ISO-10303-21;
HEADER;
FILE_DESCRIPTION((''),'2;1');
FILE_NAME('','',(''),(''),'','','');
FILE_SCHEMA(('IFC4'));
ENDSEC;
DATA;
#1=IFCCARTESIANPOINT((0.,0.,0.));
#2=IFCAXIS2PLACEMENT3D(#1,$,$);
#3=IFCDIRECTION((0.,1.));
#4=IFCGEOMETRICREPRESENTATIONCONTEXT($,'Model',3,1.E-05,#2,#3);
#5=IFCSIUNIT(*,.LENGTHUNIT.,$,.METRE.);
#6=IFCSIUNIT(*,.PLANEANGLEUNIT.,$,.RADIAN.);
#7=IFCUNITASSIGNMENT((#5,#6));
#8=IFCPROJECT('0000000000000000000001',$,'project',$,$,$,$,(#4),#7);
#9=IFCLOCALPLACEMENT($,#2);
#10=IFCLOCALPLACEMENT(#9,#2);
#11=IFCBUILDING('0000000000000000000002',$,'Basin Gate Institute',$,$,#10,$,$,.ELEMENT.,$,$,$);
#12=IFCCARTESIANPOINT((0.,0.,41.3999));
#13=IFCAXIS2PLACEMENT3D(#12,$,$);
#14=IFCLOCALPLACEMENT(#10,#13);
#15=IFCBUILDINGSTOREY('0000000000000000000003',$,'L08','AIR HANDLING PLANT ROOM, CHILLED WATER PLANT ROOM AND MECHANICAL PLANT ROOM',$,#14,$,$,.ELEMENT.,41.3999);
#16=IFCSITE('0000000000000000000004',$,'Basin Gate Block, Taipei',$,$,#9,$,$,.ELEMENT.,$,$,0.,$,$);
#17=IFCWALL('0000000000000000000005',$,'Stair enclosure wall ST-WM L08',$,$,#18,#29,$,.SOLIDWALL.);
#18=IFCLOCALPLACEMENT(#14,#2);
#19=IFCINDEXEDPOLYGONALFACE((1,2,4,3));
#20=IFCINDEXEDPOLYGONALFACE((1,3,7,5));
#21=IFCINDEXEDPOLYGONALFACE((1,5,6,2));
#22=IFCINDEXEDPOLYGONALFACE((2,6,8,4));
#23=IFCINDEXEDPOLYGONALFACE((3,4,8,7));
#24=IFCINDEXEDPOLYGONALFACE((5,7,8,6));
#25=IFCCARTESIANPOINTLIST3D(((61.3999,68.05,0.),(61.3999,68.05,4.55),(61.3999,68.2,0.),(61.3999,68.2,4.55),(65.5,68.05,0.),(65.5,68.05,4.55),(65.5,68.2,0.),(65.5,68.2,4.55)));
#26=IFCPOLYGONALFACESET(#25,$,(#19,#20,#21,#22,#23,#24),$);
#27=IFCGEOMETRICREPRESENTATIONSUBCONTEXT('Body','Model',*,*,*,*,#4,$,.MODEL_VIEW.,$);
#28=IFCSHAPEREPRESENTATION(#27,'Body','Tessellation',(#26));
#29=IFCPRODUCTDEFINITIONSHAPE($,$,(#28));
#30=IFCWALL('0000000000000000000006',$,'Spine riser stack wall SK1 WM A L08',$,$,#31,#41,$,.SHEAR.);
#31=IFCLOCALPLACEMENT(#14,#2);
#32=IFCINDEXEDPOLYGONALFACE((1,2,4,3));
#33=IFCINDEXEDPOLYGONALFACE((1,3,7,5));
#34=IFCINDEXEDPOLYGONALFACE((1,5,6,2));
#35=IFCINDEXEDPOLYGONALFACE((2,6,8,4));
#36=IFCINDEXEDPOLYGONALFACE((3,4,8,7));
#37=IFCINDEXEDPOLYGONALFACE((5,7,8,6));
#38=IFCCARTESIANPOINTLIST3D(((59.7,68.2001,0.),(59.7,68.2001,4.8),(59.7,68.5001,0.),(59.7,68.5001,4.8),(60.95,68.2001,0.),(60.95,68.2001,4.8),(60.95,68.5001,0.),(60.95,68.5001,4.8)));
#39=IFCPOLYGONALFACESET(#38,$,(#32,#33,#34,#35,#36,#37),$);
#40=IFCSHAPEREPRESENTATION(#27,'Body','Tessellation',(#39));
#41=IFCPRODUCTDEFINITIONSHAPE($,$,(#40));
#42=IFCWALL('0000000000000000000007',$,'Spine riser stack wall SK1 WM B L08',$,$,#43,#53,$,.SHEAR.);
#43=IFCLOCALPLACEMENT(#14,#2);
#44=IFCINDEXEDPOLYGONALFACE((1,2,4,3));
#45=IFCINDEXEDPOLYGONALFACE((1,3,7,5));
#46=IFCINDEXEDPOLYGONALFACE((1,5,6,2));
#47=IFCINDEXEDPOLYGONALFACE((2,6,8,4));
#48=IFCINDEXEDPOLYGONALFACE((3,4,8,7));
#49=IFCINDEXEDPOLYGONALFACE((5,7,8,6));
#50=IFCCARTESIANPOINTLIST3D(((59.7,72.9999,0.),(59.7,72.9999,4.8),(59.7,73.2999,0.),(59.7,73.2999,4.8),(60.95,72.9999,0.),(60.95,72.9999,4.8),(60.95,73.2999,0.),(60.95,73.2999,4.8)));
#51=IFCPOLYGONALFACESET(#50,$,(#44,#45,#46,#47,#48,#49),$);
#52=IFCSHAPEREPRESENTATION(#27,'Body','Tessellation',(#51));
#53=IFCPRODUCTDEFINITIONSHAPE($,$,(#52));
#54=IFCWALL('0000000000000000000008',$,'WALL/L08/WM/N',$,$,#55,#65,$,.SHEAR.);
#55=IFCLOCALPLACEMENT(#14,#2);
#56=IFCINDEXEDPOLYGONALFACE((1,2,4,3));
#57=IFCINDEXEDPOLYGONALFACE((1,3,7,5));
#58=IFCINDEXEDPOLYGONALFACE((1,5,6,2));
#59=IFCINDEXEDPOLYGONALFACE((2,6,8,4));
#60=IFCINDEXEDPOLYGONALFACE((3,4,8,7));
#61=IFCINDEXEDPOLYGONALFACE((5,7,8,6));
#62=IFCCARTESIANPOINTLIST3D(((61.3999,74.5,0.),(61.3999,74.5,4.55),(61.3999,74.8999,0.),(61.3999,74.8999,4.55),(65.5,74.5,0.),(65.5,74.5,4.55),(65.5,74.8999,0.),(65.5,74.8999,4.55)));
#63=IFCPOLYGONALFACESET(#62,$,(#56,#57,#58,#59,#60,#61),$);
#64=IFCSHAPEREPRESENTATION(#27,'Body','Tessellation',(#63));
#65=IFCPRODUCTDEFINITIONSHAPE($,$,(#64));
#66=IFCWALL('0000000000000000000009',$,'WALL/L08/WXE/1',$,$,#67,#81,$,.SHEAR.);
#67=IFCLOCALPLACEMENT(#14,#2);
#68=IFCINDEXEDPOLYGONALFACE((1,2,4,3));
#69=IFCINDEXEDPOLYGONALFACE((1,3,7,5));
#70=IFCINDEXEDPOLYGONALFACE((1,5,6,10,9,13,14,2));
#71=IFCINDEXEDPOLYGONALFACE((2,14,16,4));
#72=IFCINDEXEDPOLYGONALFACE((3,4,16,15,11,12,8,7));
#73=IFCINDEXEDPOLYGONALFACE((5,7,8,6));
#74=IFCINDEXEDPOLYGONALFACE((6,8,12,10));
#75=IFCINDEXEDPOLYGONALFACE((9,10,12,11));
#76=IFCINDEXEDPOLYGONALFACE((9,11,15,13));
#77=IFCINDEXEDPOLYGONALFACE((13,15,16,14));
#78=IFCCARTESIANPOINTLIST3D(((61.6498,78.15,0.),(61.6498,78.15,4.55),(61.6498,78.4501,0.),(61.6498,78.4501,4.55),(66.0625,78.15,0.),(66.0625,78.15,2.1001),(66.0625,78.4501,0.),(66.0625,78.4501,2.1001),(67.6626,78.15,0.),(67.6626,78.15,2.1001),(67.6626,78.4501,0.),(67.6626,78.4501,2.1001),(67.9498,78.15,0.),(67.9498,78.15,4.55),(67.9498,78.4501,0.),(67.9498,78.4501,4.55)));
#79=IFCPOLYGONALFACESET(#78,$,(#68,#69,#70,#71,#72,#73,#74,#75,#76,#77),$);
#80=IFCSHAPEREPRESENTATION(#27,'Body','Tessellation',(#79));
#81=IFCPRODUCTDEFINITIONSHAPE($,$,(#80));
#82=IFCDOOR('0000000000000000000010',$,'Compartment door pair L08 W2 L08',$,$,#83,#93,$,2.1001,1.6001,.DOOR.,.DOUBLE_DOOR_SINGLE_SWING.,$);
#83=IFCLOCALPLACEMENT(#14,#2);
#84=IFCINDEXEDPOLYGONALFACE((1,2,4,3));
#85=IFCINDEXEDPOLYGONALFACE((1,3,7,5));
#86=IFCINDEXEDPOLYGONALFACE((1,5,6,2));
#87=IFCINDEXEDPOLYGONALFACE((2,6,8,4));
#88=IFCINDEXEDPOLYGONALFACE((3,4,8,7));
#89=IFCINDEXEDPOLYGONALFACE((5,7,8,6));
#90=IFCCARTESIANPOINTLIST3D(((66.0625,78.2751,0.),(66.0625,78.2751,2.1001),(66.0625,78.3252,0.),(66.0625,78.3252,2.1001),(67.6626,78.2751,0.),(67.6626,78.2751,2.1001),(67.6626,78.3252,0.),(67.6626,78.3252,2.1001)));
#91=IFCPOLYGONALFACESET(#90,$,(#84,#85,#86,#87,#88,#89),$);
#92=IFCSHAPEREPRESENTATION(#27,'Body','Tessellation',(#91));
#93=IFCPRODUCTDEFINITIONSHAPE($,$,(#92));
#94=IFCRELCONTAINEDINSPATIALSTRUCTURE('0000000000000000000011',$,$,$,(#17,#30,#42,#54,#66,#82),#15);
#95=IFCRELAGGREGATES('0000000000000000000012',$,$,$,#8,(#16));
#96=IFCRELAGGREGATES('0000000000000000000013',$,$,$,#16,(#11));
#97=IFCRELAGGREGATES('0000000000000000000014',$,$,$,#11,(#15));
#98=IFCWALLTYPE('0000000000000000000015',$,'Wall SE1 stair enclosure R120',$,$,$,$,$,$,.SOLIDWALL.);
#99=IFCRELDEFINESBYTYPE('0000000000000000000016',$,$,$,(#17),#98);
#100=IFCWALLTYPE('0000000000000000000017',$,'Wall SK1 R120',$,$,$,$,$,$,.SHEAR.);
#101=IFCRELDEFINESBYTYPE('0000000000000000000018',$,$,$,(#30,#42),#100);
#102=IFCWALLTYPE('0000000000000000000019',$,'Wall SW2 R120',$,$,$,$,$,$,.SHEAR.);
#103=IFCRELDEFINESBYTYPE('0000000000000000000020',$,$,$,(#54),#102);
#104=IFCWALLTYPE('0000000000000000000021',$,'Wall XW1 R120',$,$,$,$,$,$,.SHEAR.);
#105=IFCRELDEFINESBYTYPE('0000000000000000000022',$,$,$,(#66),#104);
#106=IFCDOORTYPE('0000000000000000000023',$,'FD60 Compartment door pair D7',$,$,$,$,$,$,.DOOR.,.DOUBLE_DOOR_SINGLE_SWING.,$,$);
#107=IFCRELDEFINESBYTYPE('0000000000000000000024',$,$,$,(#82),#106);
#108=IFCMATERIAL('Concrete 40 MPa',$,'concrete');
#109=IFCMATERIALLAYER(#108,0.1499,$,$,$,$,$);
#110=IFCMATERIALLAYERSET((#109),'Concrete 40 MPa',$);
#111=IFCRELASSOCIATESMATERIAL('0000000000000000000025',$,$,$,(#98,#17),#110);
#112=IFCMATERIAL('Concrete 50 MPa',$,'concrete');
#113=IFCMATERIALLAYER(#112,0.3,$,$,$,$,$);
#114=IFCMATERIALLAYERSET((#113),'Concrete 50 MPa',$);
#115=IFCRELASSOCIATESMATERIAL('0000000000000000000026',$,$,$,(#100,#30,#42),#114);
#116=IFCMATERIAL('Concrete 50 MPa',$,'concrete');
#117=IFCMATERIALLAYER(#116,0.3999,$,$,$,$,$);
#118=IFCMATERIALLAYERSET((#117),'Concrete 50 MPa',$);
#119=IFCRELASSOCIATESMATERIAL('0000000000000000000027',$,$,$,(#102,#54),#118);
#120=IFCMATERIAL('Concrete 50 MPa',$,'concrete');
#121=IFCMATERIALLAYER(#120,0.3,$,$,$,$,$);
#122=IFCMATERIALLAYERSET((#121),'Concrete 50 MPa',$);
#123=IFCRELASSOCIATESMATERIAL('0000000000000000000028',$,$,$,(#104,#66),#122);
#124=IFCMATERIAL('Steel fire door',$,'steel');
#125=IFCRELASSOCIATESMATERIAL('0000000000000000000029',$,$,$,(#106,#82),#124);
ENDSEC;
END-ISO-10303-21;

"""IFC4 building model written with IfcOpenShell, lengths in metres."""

from ifc_helpers import new_model, si_unit, direction, frame, frame_2d, origin, place, context, subcontext, project, spatial, rectangle, extrude, material, layer, layer_set, type_object, element, fill, save


model = new_model("IFC4")

# Units and contexts
model_context = context("Model", 3, precision=1e-05, world=origin(), true_north=direction((0.0, 1.0)))
body_context = subcontext(model_context, "Body", "Model", "MODEL_VIEW")
ifc_project = project(units=[si_unit("LENGTHUNIT", "METRE"), si_unit("PLANEANGLEUNIT", "RADIAN")], contexts=[model_context])

# Site, building, storey
site_placement = place(None, origin())
site = spatial("IfcSite", under=ifc_project, at=site_placement, Name="Basin Gate Block, Taipei", CompositionType="ELEMENT", RefElevation=0.0)
building_placement = place(site_placement, origin())
building = spatial("IfcBuilding", under=site, at=building_placement, Name="Basin Gate Institute", CompositionType="ELEMENT")
storey_placement = place(building_placement, frame((0.0, 0.0, 41.3999)))
storey = spatial("IfcBuildingStorey", under=building, at=storey_placement, Name="L08", Description="AIR HANDLING PLANT ROOM, CHILLED WATER PLANT ROOM AND MECHANICAL PLANT ROOM", CompositionType="ELEMENT", Elevation=41.3999)

# Walls
ifc_material_1 = material(Name="Concrete 40 MPa", Category="concrete")
ifc_layer_1 = layer(ifc_material_1, 0.1499)
ifc_layer_set_1 = layer_set([ifc_layer_1], Name="Concrete 40 MPa")
wall_type_1 = type_object("IfcWallType", Name="Wall SE1 stair enclosure R120", PredefinedType="SOLIDWALL", material=ifc_layer_set_1)
wall_1_placement = place(storey_placement, frame((61.3999, 68.125, 0.0), z_axis=(0.0, 0.0, 1.0), x_axis=(1.0, 0.0, 0.0)))
element("IfcWall", 1, at=wall_1_placement, inside=storey, type_object=wall_type_1, material=ifc_layer_set_1, Name="Stair enclosure wall ST-WM L08", PredefinedType="SOLIDWALL", context=body_context, shape_type="SweptSolid", body=[
    extrude(rectangle(XDim=4.1001, YDim=0.1499, at=frame_2d((2.05, 0.0))), origin(), (0.0, 0.0, 1.0), 4.55),
])
ifc_material_2 = material(Name="Concrete 50 MPa", Category="concrete")
ifc_layer_2 = layer(ifc_material_2, 0.3)
ifc_layer_set_2 = layer_set([ifc_layer_2], Name="Concrete 50 MPa")
wall_type_2 = type_object("IfcWallType", Name="Wall SK1 R120", PredefinedType="SHEAR", material=ifc_layer_set_2)
for number, where, z_axis, x_axis, name in (
    (2, (60.95, 68.3501, 0.0), (0.0, 0.0, 1.0), (-1.0, 0.0, 0.0), "Spine riser stack wall SK1 WM A L08"),
    (3, (60.95, 73.1499, 0.0), (0.0, 0.0, 1.0), (-1.0, 0.0, 0.0), "Spine riser stack wall SK1 WM B L08"),
):
    element("IfcWall", number, at=place(storey_placement, frame(where, z_axis=z_axis, x_axis=x_axis)), inside=storey, type_object=wall_type_2, material=ifc_layer_set_2, Name=name, PredefinedType="SHEAR", context=body_context, shape_type="SweptSolid", body=[
        extrude(rectangle(XDim=1.25, YDim=0.3, at=frame_2d((0.625, 0.0))), origin(), (0.0, 0.0, 1.0), 4.8),
    ])
ifc_material_3 = material(Name="Concrete 50 MPa", Category="concrete")
ifc_layer_3 = layer(ifc_material_3, 0.3999)
ifc_layer_set_3 = layer_set([ifc_layer_3], Name="Concrete 50 MPa")
wall_type_3 = type_object("IfcWallType", Name="Wall SW2 R120", PredefinedType="SHEAR", material=ifc_layer_set_3)
wall_2_placement = place(storey_placement, frame((61.3999, 74.7, 0.0), z_axis=(0.0, 0.0, 1.0), x_axis=(1.0, 0.0, 0.0)))
element("IfcWall", 4, at=wall_2_placement, inside=storey, type_object=wall_type_3, material=ifc_layer_set_3, Name="WALL/L08/WM/N", PredefinedType="SHEAR", context=body_context, shape_type="SweptSolid", body=[
    extrude(rectangle(XDim=4.1001, YDim=0.3999, at=frame_2d((2.05, 0.0))), origin(), (0.0, 0.0, 1.0), 4.55),
])

# Wall, opening, door
ifc_material_4 = material(Name="Concrete 50 MPa", Category="concrete")
ifc_layer_4 = layer(ifc_material_4, 0.3)
ifc_layer_set_4 = layer_set([ifc_layer_4], Name="Concrete 50 MPa")
wall_type_4 = type_object("IfcWallType", Name="Wall XW1 R120", PredefinedType="SHEAR", material=ifc_layer_set_4)
wall_3_placement = place(storey_placement, frame((61.6499, 78.3, 0.0), z_axis=(0.0, 0.0, 1.0), x_axis=(1.0, 0.0, 0.0)))
wall_3 = element("IfcWall", 5, at=wall_3_placement, inside=storey, type_object=wall_type_4, material=ifc_layer_set_4, Name="WALL/L08/WXE/1", PredefinedType="SHEAR", context=body_context, shape_type="SweptSolid", body=[
    extrude(rectangle(XDim=6.3, YDim=0.3, at=frame_2d((3.1499, 0.0))), origin(), (0.0, 0.0, 1.0), 4.55),
])
opening_1_placement = place(wall_3_placement, frame((4.4126, 0.0, 0.0)))
opening_1 = element("IfcOpeningElement", 6, at=opening_1_placement, cuts=wall_3, PredefinedType="OPENING", context=body_context, shape_type="SweptSolid", body=[
    extrude(rectangle(XDim=1.6001, YDim=2.1001, at=frame_2d((0.8, 1.05))), frame((0.0, 0.1602, 0.0), z_axis=(0.0, -1.0, 0.0), x_axis=(1.0, 0.0, 0.0)), (0.0, 0.0, 1.0), 0.3201),
])
ifc_material_5 = material(Name="Steel fire door", Category="steel")
door_type = type_object("IfcDoorType", Name="FD60 Compartment door pair D7", OperationType="DOUBLE_DOOR_SINGLE_SWING", PredefinedType="DOOR", material=ifc_material_5)
door_placement = place(opening_1_placement, frame((1.6001, 0.0, 0.0), z_axis=(0.0, 0.0, 1.0), x_axis=(-1.0, 0.0, 0.0)))
door = element("IfcDoor", 7, at=door_placement, inside=storey, type_object=door_type, material=ifc_material_5, Name="Compartment door pair L08 W2 L08", OperationType="DOUBLE_DOOR_SINGLE_SWING", OverallHeight=2.1001, OverallWidth=1.6001, PredefinedType="DOOR", context=body_context, shape_type="SweptSolid", body=[
    extrude(rectangle(XDim=1.6001, YDim=2.1001, at=frame_2d((0.8, 1.05))), frame((0.0, 0.0249, 0.0), z_axis=(0.0, -1.0, 0.0), x_axis=(1.0, 0.0, 0.0)), (0.0, 0.0, 1.0), 0.05),
])
fill(opening_1, door)

save(model, "model.ifc")
